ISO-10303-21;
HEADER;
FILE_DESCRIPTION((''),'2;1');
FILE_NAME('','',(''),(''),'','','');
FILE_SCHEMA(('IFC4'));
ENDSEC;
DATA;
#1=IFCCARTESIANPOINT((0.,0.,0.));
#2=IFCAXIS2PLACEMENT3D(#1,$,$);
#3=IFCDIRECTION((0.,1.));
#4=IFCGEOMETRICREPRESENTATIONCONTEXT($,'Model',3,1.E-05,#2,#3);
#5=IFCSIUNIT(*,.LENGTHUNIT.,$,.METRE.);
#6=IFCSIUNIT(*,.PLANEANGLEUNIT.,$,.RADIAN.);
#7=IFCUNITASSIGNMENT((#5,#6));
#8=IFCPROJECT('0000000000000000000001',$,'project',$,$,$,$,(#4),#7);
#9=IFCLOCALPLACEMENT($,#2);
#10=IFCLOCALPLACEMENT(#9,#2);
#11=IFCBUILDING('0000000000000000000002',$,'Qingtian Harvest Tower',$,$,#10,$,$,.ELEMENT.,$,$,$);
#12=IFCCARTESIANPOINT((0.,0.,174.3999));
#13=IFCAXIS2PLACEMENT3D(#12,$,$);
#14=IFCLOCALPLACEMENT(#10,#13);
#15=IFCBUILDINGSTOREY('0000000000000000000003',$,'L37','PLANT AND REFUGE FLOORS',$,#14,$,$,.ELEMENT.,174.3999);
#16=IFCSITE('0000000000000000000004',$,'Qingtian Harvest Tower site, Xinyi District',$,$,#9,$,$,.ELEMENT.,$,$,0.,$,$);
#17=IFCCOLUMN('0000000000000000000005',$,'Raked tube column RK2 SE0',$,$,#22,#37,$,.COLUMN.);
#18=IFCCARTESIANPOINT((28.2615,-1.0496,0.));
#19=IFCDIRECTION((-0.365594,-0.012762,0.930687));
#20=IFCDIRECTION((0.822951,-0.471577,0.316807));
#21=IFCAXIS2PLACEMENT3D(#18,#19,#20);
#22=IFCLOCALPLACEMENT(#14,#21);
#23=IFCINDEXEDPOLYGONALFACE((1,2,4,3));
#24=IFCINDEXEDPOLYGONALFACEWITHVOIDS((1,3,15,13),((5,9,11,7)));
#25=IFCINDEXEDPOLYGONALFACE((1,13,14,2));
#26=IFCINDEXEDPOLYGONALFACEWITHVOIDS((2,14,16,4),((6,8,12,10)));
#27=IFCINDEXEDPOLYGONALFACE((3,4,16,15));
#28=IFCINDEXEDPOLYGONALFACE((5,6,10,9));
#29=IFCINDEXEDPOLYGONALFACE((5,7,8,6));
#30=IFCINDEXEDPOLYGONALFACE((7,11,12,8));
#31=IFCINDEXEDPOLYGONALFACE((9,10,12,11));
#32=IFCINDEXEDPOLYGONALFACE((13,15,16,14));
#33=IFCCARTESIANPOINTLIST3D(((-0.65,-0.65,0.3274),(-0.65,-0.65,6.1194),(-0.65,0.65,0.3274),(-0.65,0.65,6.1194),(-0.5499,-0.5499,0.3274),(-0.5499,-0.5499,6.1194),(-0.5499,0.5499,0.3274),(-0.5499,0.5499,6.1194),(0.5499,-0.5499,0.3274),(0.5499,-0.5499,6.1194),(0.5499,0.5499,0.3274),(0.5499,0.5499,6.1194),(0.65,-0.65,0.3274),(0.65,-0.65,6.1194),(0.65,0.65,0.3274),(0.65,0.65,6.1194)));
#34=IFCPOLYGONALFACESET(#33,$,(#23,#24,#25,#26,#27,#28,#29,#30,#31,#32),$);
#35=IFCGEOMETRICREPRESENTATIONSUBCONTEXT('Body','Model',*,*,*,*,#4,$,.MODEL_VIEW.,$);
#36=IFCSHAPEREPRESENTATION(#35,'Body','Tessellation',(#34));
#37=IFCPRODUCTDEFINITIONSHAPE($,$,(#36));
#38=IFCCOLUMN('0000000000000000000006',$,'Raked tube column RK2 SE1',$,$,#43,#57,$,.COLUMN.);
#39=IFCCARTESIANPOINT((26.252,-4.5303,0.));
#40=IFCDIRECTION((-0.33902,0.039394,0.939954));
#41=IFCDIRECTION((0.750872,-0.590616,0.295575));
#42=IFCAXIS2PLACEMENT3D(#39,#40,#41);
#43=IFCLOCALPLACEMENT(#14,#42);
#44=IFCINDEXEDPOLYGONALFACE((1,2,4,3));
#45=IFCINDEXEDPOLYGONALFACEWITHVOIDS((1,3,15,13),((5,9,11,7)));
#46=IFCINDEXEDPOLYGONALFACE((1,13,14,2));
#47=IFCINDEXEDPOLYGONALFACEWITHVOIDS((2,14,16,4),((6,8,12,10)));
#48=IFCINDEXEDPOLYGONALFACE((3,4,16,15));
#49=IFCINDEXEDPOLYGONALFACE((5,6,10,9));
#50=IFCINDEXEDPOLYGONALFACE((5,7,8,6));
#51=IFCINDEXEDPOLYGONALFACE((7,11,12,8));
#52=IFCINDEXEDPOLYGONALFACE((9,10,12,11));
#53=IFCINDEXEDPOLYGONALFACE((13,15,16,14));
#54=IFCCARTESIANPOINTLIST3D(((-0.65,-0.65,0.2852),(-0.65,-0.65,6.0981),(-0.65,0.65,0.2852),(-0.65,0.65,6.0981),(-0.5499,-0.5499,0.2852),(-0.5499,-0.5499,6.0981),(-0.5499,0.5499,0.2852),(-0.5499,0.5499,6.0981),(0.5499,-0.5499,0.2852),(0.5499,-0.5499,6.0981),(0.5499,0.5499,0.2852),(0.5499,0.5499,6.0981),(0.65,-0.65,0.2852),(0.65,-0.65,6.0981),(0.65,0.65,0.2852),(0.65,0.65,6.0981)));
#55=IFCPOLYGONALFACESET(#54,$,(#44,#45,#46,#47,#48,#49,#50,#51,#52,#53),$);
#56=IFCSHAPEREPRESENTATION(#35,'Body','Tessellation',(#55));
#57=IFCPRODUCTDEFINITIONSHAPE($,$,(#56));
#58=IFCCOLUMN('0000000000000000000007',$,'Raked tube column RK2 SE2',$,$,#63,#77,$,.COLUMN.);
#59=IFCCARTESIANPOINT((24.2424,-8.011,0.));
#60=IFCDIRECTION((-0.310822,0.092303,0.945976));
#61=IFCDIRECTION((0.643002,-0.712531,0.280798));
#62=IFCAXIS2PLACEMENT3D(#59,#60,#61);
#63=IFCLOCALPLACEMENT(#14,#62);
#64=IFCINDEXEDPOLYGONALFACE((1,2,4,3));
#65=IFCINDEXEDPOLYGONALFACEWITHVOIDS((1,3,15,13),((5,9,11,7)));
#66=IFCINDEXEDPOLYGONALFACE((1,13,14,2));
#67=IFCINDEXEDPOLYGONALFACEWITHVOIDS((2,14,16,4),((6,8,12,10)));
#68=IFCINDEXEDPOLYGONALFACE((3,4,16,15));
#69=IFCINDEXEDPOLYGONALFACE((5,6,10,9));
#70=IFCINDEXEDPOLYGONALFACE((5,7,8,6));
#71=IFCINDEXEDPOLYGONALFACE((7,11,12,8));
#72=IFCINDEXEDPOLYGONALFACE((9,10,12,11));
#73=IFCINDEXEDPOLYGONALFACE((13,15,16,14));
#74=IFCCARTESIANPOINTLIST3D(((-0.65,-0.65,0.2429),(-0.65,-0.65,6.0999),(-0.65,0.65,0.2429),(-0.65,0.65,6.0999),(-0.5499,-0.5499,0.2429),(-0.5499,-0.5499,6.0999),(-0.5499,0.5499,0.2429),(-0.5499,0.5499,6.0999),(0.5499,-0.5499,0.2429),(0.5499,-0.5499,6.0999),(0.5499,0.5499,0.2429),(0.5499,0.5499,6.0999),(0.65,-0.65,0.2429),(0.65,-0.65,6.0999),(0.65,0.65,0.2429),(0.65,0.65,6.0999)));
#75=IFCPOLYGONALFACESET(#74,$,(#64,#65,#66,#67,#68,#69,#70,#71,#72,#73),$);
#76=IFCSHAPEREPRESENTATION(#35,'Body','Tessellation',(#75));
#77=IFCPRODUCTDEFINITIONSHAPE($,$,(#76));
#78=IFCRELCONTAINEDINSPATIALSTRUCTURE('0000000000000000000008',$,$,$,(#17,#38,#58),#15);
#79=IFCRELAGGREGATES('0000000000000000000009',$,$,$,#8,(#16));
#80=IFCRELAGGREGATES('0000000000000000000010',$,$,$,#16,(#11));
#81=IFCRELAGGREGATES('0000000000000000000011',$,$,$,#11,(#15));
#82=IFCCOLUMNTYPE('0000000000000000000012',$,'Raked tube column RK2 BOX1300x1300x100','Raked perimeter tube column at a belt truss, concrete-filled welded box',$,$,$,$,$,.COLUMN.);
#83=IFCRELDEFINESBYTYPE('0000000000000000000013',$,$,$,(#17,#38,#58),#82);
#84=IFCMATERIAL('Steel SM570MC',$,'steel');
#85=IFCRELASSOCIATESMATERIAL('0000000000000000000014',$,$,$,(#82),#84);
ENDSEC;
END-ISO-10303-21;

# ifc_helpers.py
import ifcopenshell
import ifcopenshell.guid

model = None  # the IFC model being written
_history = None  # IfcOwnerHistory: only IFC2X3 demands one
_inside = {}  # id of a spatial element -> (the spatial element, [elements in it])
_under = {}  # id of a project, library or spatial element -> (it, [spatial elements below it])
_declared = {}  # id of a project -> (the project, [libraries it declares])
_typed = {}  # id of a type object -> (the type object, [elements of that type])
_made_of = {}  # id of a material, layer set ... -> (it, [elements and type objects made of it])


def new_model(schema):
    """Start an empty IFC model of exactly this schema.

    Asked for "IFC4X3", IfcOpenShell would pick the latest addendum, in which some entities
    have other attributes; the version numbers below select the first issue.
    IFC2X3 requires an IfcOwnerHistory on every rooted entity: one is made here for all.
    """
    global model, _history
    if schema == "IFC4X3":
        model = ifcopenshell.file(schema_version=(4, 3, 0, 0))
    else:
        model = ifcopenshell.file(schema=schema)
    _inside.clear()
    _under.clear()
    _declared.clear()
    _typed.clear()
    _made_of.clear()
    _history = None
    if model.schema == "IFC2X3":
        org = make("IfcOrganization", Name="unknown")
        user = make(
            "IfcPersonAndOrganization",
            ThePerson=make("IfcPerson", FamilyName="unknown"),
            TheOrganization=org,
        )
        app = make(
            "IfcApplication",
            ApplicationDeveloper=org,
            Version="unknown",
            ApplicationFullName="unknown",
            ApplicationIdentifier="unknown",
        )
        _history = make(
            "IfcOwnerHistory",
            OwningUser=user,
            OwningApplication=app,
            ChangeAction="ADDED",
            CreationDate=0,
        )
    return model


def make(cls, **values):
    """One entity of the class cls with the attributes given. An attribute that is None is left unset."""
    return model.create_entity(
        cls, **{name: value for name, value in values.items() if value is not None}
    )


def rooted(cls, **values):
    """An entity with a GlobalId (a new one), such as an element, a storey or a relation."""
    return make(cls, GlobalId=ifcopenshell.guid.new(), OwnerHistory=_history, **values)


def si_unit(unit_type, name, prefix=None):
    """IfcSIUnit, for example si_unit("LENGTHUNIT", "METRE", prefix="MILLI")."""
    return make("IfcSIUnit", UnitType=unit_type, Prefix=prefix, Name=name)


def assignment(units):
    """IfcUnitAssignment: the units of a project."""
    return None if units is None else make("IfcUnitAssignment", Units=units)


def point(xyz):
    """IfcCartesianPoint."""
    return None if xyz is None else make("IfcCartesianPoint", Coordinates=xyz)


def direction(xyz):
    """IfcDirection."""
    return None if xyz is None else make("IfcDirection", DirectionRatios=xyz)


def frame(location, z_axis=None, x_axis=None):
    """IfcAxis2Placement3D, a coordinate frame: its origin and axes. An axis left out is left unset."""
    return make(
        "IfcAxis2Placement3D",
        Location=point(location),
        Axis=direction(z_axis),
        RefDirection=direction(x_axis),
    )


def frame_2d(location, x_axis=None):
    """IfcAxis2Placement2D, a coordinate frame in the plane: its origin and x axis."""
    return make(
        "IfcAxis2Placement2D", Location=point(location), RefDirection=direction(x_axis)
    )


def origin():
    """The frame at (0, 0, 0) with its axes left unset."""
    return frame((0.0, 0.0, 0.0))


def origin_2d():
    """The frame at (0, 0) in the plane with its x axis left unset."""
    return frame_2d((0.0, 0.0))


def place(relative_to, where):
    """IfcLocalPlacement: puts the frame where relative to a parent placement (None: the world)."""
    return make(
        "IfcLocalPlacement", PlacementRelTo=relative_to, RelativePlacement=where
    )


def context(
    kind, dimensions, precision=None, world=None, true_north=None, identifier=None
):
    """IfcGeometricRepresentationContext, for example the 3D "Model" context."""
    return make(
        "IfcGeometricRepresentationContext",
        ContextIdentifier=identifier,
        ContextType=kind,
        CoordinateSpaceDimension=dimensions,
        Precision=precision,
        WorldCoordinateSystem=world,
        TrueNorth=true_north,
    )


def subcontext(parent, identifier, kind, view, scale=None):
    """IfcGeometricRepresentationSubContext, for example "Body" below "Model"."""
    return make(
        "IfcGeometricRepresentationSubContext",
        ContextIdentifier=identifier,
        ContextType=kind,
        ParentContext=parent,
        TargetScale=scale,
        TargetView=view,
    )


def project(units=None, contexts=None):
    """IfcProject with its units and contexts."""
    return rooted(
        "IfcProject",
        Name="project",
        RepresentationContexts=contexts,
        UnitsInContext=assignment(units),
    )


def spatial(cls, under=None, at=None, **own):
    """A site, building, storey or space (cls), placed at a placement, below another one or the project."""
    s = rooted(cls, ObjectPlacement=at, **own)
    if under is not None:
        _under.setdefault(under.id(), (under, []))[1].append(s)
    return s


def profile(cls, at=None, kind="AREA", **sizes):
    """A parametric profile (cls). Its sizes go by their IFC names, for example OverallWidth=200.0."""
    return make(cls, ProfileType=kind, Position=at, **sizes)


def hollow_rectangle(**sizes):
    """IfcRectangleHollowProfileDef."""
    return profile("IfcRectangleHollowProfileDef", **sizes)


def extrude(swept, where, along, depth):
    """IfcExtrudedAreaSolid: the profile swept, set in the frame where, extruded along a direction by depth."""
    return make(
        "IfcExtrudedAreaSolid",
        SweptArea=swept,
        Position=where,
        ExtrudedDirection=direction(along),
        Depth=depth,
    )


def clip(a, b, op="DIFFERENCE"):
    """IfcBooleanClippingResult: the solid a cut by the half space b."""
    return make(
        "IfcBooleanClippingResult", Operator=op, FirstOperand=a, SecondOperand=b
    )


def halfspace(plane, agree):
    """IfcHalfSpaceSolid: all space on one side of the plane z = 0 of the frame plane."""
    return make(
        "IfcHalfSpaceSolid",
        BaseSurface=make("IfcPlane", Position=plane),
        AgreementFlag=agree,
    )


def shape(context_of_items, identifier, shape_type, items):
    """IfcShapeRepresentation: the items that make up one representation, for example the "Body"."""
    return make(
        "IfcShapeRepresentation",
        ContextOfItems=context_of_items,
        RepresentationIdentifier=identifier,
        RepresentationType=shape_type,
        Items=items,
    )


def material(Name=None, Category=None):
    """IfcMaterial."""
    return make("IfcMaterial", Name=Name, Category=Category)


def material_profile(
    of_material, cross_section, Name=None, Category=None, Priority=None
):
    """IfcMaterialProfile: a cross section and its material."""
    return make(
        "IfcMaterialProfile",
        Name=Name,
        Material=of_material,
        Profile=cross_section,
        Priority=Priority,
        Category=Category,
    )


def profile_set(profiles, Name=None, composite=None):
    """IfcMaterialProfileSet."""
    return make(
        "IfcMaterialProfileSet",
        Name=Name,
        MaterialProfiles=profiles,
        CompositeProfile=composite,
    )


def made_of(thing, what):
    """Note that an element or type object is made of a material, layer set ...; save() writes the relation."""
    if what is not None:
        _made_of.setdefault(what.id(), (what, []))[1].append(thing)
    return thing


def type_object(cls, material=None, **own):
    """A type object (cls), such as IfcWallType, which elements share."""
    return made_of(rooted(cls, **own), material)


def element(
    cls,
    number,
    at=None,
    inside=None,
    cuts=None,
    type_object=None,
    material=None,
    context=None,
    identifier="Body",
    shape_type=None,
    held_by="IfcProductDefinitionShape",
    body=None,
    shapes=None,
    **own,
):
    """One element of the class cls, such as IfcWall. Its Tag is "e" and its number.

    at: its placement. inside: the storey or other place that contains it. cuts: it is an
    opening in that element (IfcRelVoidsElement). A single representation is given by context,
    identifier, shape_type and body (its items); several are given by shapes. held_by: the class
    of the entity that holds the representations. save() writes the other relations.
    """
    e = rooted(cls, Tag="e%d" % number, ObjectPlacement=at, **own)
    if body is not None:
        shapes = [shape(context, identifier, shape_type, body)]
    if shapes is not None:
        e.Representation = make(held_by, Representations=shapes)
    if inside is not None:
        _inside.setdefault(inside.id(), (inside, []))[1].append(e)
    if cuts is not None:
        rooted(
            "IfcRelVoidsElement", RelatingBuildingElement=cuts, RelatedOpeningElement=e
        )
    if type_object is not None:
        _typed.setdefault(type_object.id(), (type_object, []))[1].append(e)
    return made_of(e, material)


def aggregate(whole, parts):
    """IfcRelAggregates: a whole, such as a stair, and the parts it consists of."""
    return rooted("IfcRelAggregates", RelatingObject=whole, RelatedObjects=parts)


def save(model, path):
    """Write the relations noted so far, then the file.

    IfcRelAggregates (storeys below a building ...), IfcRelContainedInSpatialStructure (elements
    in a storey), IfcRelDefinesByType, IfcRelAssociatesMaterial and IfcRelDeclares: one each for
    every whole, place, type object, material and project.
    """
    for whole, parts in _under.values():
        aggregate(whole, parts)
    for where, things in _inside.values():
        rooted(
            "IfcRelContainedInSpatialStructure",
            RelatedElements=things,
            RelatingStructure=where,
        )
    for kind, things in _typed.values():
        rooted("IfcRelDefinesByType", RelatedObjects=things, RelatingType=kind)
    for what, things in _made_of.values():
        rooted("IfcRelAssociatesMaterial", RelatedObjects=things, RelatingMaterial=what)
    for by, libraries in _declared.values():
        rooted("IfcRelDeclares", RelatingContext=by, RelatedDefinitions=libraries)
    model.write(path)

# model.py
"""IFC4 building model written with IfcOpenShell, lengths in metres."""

from ifc_helpers import new_model, si_unit, direction, frame, origin, origin_2d, place, context, subcontext, project, spatial, hollow_rectangle, extrude, clip, halfspace, material, material_profile, profile_set, type_object, element, save


model = new_model("IFC4")

# Units and contexts
model_context = context("Model", 3, precision=1e-05, world=origin(), true_north=direction((0.0, 1.0)))
body_context = subcontext(model_context, "Body", "Model", "MODEL_VIEW")
ifc_project = project(units=[si_unit("LENGTHUNIT", "METRE"), si_unit("PLANEANGLEUNIT", "RADIAN")], contexts=[model_context])

# Site, building, storey
site_placement = place(None, origin())
site = spatial("IfcSite", under=ifc_project, at=site_placement, Name="Qingtian Harvest Tower site, Xinyi District", CompositionType="ELEMENT", RefElevation=0.0)
building_placement = place(site_placement, origin())
building = spatial("IfcBuilding", under=site, at=building_placement, Name="Qingtian Harvest Tower", CompositionType="ELEMENT")
storey_placement = place(building_placement, frame((0.0, 0.0, 174.3999)))
storey = spatial("IfcBuildingStorey", under=building, at=storey_placement, Name="L37", Description="PLANT AND REFUGE FLOORS", CompositionType="ELEMENT", Elevation=174.3999)

# Columns
ifc_material_1 = material(Name="Steel SM570MC", Category="steel")
ifc_material_profile_1 = material_profile(ifc_material_1, hollow_rectangle(XDim=1.3, YDim=1.3, WallThickness=0.1001, at=origin_2d()), Name="BOX1300x1300x100")
ifc_profile_set_1 = profile_set([ifc_material_profile_1], Name="Steel SM570MC")
column_type = type_object("IfcColumnType", Name="Raked tube column RK2 BOX1300x1300x100", Description="Raked perimeter tube column at a belt truss, concrete-filled welded box", PredefinedType="COLUMN", material=ifc_profile_set_1)
column_1_placement = place(storey_placement, frame((28.2615, -1.0496, 0.0), z_axis=(-0.365594, -0.012762, 0.930687), x_axis=(0.822951, -0.471577, 0.316807)))
element("IfcColumn", 1, at=column_1_placement, inside=storey, type_object=column_type, Name="Raked tube column RK2 SE0", PredefinedType="COLUMN", context=body_context, shape_type="Clipping", body=[
    clip(clip(extrude(hollow_rectangle(XDim=1.3, YDim=1.3, WallThickness=0.1001, at=origin_2d()), origin(), (0.0, 0.0, 1.0), 6.4468), halfspace(frame((0.0, 0.0, 0.3274), z_axis=(0.0, 0.0, -1.0), x_axis=(0.0, -1.0, 0.0)), False)), halfspace(frame((0.0, 0.0, 6.1194), z_axis=(0.0, 0.0, 1.0), x_axis=(0.0, 1.0, 0.0)), False)),
])
column_2_placement = place(storey_placement, frame((26.252, -4.5303, 0.0), z_axis=(-0.33902, 0.039394, 0.939954), x_axis=(0.750872, -0.590616, 0.295575)))
element("IfcColumn", 2, at=column_2_placement, inside=storey, type_object=column_type, Name="Raked tube column RK2 SE1", PredefinedType="COLUMN", context=body_context, shape_type="Clipping", body=[
    clip(clip(extrude(hollow_rectangle(XDim=1.3, YDim=1.3, WallThickness=0.1001, at=origin_2d()), origin(), (0.0, 0.0, 1.0), 6.3833), halfspace(frame((0.0, 0.0, 0.2852), z_axis=(0.0, 0.0, -1.0), x_axis=(0.0, -1.0, 0.0)), False)), halfspace(frame((0.0, 0.0, 6.0981), z_axis=(0.0, 0.0, 1.0), x_axis=(0.0, 1.0, 0.0)), False)),
])
column_3_placement = place(storey_placement, frame((24.2424, -8.011, 0.0), z_axis=(-0.310822, 0.092303, 0.945976), x_axis=(0.643002, -0.712531, 0.280798)))
element("IfcColumn", 3, at=column_3_placement, inside=storey, type_object=column_type, Name="Raked tube column RK2 SE2", PredefinedType="COLUMN", context=body_context, shape_type="Clipping", body=[
    clip(clip(extrude(hollow_rectangle(XDim=1.3, YDim=1.3, WallThickness=0.1001, at=origin_2d()), origin(), (0.0, 0.0, 1.0), 6.3428), halfspace(frame((0.0, 0.0, 0.2429), z_axis=(0.0, 0.0, -1.0), x_axis=(0.0, -1.0, 0.0)), False)), halfspace(frame((0.0, 0.0, 6.0999), z_axis=(0.0, 0.0, 1.0), x_axis=(0.0, 1.0, 0.0)), False)),
])

save(model, "model.ifc")
